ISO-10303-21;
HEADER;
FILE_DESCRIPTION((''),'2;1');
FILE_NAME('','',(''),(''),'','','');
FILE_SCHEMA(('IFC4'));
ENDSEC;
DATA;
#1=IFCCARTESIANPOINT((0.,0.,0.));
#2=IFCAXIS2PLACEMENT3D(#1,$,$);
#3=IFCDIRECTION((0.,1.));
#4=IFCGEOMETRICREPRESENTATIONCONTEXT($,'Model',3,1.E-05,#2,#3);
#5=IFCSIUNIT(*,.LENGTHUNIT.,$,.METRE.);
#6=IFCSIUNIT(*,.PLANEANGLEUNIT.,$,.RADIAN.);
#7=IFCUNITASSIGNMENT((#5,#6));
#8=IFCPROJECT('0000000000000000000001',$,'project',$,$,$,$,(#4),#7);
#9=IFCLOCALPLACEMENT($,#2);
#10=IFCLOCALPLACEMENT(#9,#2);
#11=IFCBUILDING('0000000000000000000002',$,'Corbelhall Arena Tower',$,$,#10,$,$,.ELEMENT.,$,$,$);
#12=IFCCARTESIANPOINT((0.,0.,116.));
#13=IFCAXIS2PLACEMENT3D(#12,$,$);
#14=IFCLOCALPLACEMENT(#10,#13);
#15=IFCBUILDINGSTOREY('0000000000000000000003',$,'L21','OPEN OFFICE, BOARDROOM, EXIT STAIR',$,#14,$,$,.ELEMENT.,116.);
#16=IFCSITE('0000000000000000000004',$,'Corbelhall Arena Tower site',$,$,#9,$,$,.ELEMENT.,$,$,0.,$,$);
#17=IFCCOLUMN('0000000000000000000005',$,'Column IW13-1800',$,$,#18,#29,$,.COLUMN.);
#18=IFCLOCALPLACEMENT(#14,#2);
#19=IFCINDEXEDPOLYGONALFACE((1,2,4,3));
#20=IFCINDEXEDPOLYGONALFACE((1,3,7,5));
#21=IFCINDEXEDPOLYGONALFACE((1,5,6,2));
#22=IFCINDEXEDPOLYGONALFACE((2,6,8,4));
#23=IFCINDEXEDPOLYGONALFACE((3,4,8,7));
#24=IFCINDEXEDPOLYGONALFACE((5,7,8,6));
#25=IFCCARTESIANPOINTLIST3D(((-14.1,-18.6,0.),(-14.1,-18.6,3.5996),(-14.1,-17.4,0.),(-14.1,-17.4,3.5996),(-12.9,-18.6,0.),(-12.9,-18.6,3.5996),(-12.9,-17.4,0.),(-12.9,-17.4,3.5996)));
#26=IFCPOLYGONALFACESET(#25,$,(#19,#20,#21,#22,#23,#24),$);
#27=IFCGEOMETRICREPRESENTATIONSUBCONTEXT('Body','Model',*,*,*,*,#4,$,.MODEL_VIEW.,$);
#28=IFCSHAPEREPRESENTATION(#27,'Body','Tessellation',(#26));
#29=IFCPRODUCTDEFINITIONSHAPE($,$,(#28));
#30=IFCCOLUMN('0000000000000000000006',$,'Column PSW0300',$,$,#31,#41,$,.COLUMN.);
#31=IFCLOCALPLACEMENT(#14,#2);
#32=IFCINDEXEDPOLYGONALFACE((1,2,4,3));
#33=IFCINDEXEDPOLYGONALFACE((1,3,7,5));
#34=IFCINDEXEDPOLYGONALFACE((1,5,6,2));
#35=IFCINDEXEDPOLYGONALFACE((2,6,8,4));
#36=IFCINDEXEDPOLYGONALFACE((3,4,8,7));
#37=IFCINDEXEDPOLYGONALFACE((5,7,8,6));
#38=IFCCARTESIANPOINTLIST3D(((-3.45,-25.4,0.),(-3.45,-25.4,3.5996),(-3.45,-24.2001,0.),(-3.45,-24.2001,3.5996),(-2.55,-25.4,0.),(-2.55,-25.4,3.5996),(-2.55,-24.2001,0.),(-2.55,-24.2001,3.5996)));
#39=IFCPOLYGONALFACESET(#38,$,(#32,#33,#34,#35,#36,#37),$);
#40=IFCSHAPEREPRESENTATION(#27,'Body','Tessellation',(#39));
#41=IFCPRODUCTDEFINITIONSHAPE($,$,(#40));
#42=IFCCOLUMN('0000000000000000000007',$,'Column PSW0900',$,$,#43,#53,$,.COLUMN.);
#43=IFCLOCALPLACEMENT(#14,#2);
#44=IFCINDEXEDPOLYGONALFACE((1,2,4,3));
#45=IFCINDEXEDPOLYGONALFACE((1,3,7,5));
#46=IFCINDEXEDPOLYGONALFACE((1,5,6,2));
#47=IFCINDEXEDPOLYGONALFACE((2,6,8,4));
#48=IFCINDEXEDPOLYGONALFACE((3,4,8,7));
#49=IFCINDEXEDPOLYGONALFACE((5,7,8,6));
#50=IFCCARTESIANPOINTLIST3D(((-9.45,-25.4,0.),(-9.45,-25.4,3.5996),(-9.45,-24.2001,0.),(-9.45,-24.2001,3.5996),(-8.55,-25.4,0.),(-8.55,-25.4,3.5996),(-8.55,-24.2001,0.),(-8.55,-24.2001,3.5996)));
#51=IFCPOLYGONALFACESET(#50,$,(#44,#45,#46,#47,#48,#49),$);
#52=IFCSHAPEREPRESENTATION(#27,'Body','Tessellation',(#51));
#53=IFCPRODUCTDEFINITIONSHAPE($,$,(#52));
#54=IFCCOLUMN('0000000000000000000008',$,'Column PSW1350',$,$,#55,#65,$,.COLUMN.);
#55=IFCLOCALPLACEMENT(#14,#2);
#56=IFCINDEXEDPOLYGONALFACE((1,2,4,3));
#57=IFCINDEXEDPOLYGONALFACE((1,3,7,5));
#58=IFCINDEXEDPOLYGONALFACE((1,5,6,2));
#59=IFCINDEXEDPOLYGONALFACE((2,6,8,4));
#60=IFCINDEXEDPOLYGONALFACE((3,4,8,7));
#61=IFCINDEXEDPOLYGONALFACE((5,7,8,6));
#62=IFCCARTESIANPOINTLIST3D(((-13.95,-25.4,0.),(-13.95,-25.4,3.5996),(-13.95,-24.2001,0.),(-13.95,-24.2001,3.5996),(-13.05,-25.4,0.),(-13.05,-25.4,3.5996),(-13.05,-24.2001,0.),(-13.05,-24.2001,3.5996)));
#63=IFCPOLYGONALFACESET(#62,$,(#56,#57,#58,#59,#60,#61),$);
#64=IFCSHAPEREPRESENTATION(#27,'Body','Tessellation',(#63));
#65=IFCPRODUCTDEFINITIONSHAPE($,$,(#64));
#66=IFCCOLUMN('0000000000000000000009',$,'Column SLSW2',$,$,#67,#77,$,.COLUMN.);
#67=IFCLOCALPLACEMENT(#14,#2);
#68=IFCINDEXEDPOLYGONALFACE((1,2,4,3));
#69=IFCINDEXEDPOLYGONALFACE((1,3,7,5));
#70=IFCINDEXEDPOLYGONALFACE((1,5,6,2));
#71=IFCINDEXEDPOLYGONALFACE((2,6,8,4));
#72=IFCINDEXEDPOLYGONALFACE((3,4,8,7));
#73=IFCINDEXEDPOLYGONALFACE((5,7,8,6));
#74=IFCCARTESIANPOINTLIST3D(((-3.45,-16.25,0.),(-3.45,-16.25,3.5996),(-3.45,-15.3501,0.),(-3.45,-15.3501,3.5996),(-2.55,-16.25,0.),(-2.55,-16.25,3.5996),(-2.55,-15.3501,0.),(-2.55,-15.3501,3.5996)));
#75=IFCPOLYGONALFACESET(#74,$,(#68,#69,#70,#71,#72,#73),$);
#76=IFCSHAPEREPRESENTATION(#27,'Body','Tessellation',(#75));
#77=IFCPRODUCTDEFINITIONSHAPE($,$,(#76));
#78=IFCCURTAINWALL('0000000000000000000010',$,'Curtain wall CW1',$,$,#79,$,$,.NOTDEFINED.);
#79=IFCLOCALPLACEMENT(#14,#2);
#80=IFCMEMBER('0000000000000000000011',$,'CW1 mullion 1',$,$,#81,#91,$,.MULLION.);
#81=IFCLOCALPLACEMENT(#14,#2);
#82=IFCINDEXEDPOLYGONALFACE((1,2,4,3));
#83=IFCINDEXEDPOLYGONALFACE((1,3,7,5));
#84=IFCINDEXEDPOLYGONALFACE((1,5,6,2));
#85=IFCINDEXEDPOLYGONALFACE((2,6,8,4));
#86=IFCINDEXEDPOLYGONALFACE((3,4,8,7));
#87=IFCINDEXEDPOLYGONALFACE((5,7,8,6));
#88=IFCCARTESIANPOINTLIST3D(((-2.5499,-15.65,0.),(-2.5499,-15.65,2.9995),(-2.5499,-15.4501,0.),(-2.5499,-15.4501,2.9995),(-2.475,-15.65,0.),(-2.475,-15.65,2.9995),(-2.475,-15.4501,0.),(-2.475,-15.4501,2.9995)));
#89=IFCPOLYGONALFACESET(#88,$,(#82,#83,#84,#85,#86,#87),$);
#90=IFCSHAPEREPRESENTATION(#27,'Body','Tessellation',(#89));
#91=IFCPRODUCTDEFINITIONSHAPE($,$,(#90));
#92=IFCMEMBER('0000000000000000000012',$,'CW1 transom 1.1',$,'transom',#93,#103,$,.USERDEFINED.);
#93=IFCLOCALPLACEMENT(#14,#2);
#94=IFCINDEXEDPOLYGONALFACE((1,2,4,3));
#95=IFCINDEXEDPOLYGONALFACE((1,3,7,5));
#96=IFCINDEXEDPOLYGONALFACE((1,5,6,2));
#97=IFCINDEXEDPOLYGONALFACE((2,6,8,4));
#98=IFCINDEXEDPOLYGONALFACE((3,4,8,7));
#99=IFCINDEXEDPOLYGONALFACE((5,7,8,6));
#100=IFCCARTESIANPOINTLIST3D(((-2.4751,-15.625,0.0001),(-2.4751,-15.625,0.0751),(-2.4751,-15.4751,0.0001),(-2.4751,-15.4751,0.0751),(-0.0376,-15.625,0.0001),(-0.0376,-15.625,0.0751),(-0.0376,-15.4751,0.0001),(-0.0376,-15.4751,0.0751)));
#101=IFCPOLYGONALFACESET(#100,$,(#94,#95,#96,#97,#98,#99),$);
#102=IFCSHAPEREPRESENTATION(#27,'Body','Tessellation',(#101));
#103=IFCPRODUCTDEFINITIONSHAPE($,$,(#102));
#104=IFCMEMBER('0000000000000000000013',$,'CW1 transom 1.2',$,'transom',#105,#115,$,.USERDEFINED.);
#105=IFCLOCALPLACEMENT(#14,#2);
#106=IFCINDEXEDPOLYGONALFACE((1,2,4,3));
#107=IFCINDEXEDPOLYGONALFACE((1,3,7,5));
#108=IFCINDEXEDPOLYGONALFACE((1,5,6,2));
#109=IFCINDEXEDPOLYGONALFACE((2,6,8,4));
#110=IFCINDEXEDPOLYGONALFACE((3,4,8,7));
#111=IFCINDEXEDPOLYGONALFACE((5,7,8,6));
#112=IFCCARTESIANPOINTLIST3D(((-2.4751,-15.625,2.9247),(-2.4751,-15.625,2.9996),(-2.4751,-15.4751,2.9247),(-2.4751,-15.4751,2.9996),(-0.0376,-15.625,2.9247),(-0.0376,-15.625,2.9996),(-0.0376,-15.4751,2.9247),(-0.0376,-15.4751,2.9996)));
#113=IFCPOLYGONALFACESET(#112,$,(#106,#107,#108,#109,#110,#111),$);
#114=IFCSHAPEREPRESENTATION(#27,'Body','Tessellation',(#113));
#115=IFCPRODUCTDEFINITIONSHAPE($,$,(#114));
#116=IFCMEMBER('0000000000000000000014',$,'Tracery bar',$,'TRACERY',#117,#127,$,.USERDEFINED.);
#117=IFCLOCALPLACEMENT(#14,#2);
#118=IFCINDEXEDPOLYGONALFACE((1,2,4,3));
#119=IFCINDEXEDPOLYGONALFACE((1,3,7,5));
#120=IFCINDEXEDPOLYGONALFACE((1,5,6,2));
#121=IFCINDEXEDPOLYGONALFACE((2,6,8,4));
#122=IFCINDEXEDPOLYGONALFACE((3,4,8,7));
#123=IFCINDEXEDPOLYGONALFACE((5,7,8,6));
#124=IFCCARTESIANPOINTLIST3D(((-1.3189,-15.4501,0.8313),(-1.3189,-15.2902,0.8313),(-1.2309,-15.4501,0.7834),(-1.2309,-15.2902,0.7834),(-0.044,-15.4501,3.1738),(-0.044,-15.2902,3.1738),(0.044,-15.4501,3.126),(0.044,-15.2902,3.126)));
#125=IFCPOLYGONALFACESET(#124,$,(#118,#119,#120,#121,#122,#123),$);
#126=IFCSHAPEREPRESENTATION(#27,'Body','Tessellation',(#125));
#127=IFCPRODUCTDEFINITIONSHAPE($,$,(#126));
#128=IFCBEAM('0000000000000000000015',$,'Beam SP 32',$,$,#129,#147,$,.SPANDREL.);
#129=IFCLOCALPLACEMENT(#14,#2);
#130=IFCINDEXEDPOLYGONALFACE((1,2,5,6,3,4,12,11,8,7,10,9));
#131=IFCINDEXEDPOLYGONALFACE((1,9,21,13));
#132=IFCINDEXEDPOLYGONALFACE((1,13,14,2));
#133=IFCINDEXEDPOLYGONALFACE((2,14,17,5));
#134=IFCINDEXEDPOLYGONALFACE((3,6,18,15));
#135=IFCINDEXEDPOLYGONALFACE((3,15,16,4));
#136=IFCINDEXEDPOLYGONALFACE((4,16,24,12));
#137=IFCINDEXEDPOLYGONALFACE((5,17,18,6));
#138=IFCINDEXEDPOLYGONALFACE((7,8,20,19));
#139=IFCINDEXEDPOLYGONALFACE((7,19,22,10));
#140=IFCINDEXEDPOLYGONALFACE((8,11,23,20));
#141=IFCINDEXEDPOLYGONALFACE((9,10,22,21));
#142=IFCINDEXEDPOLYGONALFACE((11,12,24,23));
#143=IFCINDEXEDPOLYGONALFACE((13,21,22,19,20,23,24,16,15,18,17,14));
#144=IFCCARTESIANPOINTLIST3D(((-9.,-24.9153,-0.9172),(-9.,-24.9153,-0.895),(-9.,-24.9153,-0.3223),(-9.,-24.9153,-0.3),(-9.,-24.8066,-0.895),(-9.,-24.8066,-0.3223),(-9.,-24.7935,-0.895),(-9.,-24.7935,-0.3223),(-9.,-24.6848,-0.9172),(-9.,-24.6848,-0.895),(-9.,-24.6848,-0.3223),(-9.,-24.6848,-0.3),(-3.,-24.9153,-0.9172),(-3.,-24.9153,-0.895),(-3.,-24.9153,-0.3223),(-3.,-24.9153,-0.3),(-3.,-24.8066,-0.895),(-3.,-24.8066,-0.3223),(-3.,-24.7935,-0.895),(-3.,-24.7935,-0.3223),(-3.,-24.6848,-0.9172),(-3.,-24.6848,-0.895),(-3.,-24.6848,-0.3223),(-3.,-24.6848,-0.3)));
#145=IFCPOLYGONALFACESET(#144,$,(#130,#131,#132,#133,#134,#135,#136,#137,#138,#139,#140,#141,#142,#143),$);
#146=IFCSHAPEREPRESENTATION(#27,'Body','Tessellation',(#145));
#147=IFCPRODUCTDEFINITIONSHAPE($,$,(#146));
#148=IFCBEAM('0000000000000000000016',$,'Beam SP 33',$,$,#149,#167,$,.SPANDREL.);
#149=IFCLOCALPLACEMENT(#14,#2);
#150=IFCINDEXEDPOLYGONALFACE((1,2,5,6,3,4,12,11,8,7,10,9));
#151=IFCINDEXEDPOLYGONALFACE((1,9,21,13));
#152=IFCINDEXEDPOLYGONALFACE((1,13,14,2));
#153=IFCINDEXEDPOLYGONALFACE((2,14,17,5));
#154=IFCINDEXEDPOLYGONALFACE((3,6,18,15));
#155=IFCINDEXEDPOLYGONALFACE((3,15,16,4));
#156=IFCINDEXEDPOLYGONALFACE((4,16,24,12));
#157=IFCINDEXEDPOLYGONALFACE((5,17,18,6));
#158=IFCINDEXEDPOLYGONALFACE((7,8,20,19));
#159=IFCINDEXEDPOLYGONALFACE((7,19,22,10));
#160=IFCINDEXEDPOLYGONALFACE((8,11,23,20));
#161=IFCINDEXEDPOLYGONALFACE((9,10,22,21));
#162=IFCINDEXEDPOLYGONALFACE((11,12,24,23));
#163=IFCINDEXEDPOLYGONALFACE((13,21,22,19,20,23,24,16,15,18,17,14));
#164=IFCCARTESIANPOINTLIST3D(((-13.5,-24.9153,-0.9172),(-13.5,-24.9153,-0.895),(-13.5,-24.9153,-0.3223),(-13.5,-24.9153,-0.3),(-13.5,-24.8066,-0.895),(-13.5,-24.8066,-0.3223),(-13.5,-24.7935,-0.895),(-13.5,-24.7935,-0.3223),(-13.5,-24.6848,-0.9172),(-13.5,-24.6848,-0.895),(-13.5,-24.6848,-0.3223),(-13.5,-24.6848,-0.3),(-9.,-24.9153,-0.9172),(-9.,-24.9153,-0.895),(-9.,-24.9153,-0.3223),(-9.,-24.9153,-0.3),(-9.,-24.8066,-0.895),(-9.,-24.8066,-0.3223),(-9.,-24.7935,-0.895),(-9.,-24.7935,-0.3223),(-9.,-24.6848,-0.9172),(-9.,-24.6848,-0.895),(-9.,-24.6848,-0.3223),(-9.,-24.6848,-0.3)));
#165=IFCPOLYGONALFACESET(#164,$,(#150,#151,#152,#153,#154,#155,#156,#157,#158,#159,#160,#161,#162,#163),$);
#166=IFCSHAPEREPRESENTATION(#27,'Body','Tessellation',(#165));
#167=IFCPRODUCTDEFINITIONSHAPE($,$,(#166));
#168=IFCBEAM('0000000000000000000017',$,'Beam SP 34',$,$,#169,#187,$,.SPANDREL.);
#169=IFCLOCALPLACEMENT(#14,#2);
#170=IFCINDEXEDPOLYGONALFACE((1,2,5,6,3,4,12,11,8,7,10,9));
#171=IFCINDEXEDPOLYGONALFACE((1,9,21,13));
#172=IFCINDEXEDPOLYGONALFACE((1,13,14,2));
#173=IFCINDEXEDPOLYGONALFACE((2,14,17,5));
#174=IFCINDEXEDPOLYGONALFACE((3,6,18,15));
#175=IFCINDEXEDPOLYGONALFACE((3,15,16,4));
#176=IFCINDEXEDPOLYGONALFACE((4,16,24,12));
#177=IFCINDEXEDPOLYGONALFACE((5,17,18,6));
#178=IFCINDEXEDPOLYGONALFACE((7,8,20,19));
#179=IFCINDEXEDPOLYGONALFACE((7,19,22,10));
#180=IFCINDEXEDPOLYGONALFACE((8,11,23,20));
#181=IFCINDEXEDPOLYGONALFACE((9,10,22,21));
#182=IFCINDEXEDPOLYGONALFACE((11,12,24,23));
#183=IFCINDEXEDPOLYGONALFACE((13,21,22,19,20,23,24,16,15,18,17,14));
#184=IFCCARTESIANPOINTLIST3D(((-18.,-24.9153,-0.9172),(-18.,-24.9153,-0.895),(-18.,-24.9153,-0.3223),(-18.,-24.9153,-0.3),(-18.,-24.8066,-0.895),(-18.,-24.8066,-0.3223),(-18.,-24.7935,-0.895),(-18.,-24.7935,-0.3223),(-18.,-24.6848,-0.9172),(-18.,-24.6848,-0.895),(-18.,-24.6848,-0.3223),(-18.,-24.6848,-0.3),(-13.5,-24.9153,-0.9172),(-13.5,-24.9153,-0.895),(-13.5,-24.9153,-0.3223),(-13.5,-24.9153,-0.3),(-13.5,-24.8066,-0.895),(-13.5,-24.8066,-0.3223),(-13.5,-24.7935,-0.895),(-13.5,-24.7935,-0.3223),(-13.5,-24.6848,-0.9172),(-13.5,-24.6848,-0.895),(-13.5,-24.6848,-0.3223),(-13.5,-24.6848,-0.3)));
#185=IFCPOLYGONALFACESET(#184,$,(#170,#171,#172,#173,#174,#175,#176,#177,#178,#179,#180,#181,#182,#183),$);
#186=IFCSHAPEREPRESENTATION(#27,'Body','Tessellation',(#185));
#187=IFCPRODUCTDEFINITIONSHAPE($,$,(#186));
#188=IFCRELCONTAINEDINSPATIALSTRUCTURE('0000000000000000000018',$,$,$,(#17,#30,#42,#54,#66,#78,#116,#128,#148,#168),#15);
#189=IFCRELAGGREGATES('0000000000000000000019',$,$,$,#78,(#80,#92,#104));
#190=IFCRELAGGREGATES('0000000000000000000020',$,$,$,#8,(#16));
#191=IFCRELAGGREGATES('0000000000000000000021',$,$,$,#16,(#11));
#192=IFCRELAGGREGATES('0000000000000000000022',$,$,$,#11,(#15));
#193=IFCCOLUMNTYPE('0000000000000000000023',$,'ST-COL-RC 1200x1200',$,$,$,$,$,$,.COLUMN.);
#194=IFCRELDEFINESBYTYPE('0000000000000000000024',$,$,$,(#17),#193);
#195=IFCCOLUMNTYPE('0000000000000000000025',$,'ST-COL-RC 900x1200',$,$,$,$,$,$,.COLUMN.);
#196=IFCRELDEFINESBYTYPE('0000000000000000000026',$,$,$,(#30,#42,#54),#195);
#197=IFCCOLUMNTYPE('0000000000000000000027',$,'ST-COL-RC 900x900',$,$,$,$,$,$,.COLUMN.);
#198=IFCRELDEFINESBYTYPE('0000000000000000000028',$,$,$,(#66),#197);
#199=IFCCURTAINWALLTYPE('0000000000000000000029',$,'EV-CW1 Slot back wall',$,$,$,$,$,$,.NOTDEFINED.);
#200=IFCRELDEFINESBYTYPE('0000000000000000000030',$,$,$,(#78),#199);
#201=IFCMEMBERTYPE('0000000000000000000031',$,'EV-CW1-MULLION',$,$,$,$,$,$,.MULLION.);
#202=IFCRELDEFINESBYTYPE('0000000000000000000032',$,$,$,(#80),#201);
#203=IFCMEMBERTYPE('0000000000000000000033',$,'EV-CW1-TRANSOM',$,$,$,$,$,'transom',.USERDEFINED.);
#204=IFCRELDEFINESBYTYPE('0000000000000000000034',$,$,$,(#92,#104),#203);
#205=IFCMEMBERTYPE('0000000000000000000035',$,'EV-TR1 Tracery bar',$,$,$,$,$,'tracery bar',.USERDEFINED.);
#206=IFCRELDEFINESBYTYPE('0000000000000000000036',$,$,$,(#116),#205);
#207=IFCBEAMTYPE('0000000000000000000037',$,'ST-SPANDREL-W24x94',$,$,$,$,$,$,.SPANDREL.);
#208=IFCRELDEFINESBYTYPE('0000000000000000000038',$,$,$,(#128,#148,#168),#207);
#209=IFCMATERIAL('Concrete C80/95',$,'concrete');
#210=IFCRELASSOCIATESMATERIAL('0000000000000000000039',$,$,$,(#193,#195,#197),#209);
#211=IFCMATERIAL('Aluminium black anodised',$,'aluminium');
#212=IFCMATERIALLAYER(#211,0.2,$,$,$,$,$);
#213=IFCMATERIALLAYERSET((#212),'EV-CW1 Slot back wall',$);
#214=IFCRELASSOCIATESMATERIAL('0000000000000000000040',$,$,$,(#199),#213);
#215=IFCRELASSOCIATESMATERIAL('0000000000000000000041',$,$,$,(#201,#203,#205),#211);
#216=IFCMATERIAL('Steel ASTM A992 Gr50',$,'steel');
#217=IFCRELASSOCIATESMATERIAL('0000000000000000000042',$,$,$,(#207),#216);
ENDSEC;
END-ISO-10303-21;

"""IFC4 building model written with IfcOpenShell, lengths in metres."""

from ifc_helpers import new_model, si_unit, direction, frame, origin, origin_2d, place, context, subcontext, project, spatial, rectangle, i_section, extrude, material, layer, layer_set, material_profile, profile_set, type_object, element, aggregate, save


model = new_model("IFC4")

# Units and contexts
model_context = context("Model", 3, precision=1e-05, world=origin(), true_north=direction((0.0, 1.0)))
body_context = subcontext(model_context, "Body", "Model", "MODEL_VIEW")
ifc_project = project(units=[si_unit("LENGTHUNIT", "METRE"), si_unit("PLANEANGLEUNIT", "RADIAN")], contexts=[model_context])

# Site, building, storey
site_placement = place(None, origin())
site = spatial("IfcSite", under=ifc_project, at=site_placement, Name="Corbelhall Arena Tower site", CompositionType="ELEMENT", RefElevation=0.0)
building_placement = place(site_placement, origin())
building = spatial("IfcBuilding", under=site, at=building_placement, Name="Corbelhall Arena Tower", CompositionType="ELEMENT")
storey_placement = place(building_placement, frame((0.0, 0.0, 116.0)))
storey = spatial("IfcBuildingStorey", under=building, at=storey_placement, Name="L21", Description="OPEN OFFICE, BOARDROOM, EXIT STAIR", CompositionType="ELEMENT", Elevation=116.0)

# Columns
ifc_material_1 = material(Name="Concrete C80/95", Category="concrete")
ifc_material_profile_1 = material_profile(ifc_material_1, rectangle(XDim=1.2, YDim=1.2, at=origin_2d()))
ifc_profile_set_1 = profile_set([ifc_material_profile_1], Name="Concrete C80/95")
column_type_1 = type_object("IfcColumnType", Name="ST-COL-RC 1200x1200", PredefinedType="COLUMN", material=ifc_profile_set_1)
column_1_placement = place(storey_placement, frame((-13.5, -18.0, 0.0), z_axis=(0.0, 0.0, 1.0), x_axis=(1.0, 0.0, 0.0)))
element("IfcColumn", 1, at=column_1_placement, inside=storey, type_object=column_type_1, Name="Column IW13-1800", PredefinedType="COLUMN", context=body_context, shape_type="SweptSolid", body=[
    extrude(rectangle(XDim=1.2, YDim=1.2, at=origin_2d()), origin(), (0.0, 0.0, 1.0), 3.5996),
])
ifc_material_profile_2 = material_profile(ifc_material_1, rectangle(XDim=0.8999, YDim=1.2, at=origin_2d()))
ifc_profile_set_2 = profile_set([ifc_material_profile_2], Name="Concrete C80/95")
column_type_2 = type_object("IfcColumnType", Name="ST-COL-RC 900x1200", PredefinedType="COLUMN", material=ifc_profile_set_2)
for number, where, z_axis, x_axis, name in (
    (2, (-3.0, -24.8, 0.0), (0.0, 0.0, 1.0), (1.0, 0.0, 0.0), "Column PSW0300"),
    (3, (-9.0, -24.8, 0.0), (0.0, 0.0, 1.0), (1.0, 0.0, 0.0), "Column PSW0900"),
    (4, (-13.5, -24.8, 0.0), (0.0, 0.0, 1.0), (1.0, 0.0, 0.0), "Column PSW1350"),
):
    element("IfcColumn", number, at=place(storey_placement, frame(where, z_axis=z_axis, x_axis=x_axis)), inside=storey, type_object=column_type_2, Name=name, PredefinedType="COLUMN", context=body_context, shape_type="SweptSolid", body=[
        extrude(rectangle(XDim=0.8999, YDim=1.2, at=origin_2d()), origin(), (0.0, 0.0, 1.0), 3.5996),
    ])
ifc_material_profile_3 = material_profile(ifc_material_1, rectangle(XDim=0.8999, YDim=0.8999, at=origin_2d()))
ifc_profile_set_3 = profile_set([ifc_material_profile_3], Name="Concrete C80/95")
column_type_3 = type_object("IfcColumnType", Name="ST-COL-RC 900x900", PredefinedType="COLUMN", material=ifc_profile_set_3)
column_2_placement = place(storey_placement, frame((-3.0, -15.8, 0.0), z_axis=(0.0, 0.0, 1.0), x_axis=(1.0, 0.0, 0.0)))
element("IfcColumn", 5, at=column_2_placement, inside=storey, type_object=column_type_3, Name="Column SLSW2", PredefinedType="COLUMN", context=body_context, shape_type="SweptSolid", body=[
    extrude(rectangle(XDim=0.8999, YDim=0.8999, at=origin_2d()), origin(), (0.0, 0.0, 1.0), 3.5996),
])

# Curtain wall, members
ifc_material_2 = material(Name="Aluminium black anodised", Category="aluminium")
ifc_layer_1 = layer(ifc_material_2, 0.2)
ifc_layer_set_1 = layer_set([ifc_layer_1], Name="EV-CW1 Slot back wall")
curtain_wall_type = type_object("IfcCurtainWallType", Name="EV-CW1 Slot back wall", PredefinedType="NOTDEFINED", material=ifc_layer_set_1)
curtain_wall_placement = place(storey_placement, origin())
curtain_wall = element("IfcCurtainWall", 6, at=curtain_wall_placement, inside=storey, type_object=curtain_wall_type, Name="Curtain wall CW1", PredefinedType="NOTDEFINED")
ifc_material_profile_4 = material_profile(ifc_material_2, rectangle(XDim=0.2, YDim=0.075, at=origin_2d()))
ifc_profile_set_4 = profile_set([ifc_material_profile_4], Name="Aluminium black anodised")
member_type_1 = type_object("IfcMemberType", Name="EV-CW1-MULLION", PredefinedType="MULLION", material=ifc_profile_set_4)
member_1_placement = place(storey_placement, frame((-2.5125, -15.55, 0.0), z_axis=(0.0, 0.0, 1.0), x_axis=(0.0, 1.0, 0.0)))
member_1 = element("IfcMember", 7, at=member_1_placement, type_object=member_type_1, Name="CW1 mullion 1", PredefinedType="MULLION", context=body_context, shape_type="SweptSolid", body=[
    extrude(rectangle(XDim=0.2, YDim=0.075, at=origin_2d()), origin(), (0.0, 0.0, 1.0), 2.9995),
])
ifc_material_profile_5 = material_profile(ifc_material_2, rectangle(XDim=0.1499, YDim=0.075, at=origin_2d()))
ifc_profile_set_5 = profile_set([ifc_material_profile_5], Name="Aluminium black anodised")
member_type_2 = type_object("IfcMemberType", Name="EV-CW1-TRANSOM", ElementType="transom", PredefinedType="USERDEFINED", material=ifc_profile_set_5)
member_2_placement = place(storey_placement, frame((-2.4751, -15.55, 0.0376), z_axis=(1.0, 0.0, 0.0), x_axis=(0.0, 1.0, 0.0)))
member_2 = element("IfcMember", 8, at=member_2_placement, type_object=member_type_2, Name="CW1 transom 1.1", ObjectType="transom", PredefinedType="USERDEFINED", context=body_context, shape_type="SweptSolid", body=[
    extrude(rectangle(XDim=0.1499, YDim=0.075, at=origin_2d()), origin(), (0.0, 0.0, 1.0), 2.4375),
])
member_3_placement = place(storey_placement, frame((-2.4751, -15.55, 2.9622), z_axis=(1.0, 0.0, 0.0), x_axis=(0.0, 1.0, 0.0)))
member_3 = element("IfcMember", 9, at=member_3_placement, type_object=member_type_2, Name="CW1 transom 1.2", ObjectType="transom", PredefinedType="USERDEFINED", context=body_context, shape_type="SweptSolid", body=[
    extrude(rectangle(XDim=0.1499, YDim=0.075, at=origin_2d()), origin(), (0.0, 0.0, 1.0), 2.4375),
])

# Member
ifc_material_profile_6 = material_profile(ifc_material_2, rectangle(XDim=0.1599, YDim=0.1001, at=origin_2d()))
ifc_profile_set_6 = profile_set([ifc_material_profile_6], Name="Aluminium black anodised")
member_type_3 = type_object("IfcMemberType", Name="EV-TR1 Tracery bar", ElementType="tracery bar", PredefinedType="USERDEFINED", material=ifc_profile_set_6)
member_4_placement = place(storey_placement, frame((-1.2749, -15.3701, 0.8074), z_axis=(0.478031, 0.0, 0.878343), x_axis=(0.0, 1.0, 0.0)))
element("IfcMember", 10, at=member_4_placement, inside=storey, type_object=member_type_3, Name="Tracery bar", ObjectType="TRACERY", PredefinedType="USERDEFINED", context=body_context, shape_type="SweptSolid", body=[
    extrude(rectangle(XDim=0.1599, YDim=0.1001, at=origin_2d()), origin(), (0.0, 0.0, 1.0), 2.667),
])

# Beams
ifc_material_3 = material(Name="Steel ASTM A992 Gr50", Category="steel")
ifc_material_profile_7 = material_profile(ifc_material_3, i_section(OverallWidth=0.2305, OverallDepth=0.6172, WebThickness=0.0132, FlangeThickness=0.0222, at=origin_2d()))
ifc_profile_set_7 = profile_set([ifc_material_profile_7], Name="Steel ASTM A992 Gr50")
beam_type_1 = type_object("IfcBeamType", Name="ST-SPANDREL-W24x94", PredefinedType="SPANDREL", material=ifc_profile_set_7)
beam_1_placement = place(storey_placement, frame((-3.0, -24.8, -0.6086), z_axis=(-1.0, 0.0, 0.0), x_axis=(0.0, -1.0, 0.0)))
element("IfcBeam", 11, at=beam_1_placement, inside=storey, type_object=beam_type_1, Name="Beam SP 32", PredefinedType="SPANDREL", context=body_context, shape_type="SweptSolid", body=[
    extrude(i_section(OverallWidth=0.2305, OverallDepth=0.6172, WebThickness=0.0132, FlangeThickness=0.0222, at=origin_2d()), origin(), (0.0, 0.0, 1.0), 6.0),
])
for number, where, z_axis, x_axis, name in (
    (12, (-9.0, -24.8, -0.6086), (-1.0, 0.0, 0.0), (0.0, -1.0, 0.0), "Beam SP 33"),
    (13, (-13.5, -24.8, -0.6086), (-1.0, 0.0, 0.0), (0.0, -1.0, 0.0), "Beam SP 34"),
):
    element("IfcBeam", number, at=place(storey_placement, frame(where, z_axis=z_axis, x_axis=x_axis)), inside=storey, type_object=beam_type_1, Name=name, PredefinedType="SPANDREL", context=body_context, shape_type="SweptSolid", body=[
        extrude(i_section(OverallWidth=0.2305, OverallDepth=0.6172, WebThickness=0.0132, FlangeThickness=0.0222, at=origin_2d()), origin(), (0.0, 0.0, 1.0), 4.5),
    ])

aggregate(curtain_wall, [member_1, member_2, member_3])

save(model, "model.ifc")
